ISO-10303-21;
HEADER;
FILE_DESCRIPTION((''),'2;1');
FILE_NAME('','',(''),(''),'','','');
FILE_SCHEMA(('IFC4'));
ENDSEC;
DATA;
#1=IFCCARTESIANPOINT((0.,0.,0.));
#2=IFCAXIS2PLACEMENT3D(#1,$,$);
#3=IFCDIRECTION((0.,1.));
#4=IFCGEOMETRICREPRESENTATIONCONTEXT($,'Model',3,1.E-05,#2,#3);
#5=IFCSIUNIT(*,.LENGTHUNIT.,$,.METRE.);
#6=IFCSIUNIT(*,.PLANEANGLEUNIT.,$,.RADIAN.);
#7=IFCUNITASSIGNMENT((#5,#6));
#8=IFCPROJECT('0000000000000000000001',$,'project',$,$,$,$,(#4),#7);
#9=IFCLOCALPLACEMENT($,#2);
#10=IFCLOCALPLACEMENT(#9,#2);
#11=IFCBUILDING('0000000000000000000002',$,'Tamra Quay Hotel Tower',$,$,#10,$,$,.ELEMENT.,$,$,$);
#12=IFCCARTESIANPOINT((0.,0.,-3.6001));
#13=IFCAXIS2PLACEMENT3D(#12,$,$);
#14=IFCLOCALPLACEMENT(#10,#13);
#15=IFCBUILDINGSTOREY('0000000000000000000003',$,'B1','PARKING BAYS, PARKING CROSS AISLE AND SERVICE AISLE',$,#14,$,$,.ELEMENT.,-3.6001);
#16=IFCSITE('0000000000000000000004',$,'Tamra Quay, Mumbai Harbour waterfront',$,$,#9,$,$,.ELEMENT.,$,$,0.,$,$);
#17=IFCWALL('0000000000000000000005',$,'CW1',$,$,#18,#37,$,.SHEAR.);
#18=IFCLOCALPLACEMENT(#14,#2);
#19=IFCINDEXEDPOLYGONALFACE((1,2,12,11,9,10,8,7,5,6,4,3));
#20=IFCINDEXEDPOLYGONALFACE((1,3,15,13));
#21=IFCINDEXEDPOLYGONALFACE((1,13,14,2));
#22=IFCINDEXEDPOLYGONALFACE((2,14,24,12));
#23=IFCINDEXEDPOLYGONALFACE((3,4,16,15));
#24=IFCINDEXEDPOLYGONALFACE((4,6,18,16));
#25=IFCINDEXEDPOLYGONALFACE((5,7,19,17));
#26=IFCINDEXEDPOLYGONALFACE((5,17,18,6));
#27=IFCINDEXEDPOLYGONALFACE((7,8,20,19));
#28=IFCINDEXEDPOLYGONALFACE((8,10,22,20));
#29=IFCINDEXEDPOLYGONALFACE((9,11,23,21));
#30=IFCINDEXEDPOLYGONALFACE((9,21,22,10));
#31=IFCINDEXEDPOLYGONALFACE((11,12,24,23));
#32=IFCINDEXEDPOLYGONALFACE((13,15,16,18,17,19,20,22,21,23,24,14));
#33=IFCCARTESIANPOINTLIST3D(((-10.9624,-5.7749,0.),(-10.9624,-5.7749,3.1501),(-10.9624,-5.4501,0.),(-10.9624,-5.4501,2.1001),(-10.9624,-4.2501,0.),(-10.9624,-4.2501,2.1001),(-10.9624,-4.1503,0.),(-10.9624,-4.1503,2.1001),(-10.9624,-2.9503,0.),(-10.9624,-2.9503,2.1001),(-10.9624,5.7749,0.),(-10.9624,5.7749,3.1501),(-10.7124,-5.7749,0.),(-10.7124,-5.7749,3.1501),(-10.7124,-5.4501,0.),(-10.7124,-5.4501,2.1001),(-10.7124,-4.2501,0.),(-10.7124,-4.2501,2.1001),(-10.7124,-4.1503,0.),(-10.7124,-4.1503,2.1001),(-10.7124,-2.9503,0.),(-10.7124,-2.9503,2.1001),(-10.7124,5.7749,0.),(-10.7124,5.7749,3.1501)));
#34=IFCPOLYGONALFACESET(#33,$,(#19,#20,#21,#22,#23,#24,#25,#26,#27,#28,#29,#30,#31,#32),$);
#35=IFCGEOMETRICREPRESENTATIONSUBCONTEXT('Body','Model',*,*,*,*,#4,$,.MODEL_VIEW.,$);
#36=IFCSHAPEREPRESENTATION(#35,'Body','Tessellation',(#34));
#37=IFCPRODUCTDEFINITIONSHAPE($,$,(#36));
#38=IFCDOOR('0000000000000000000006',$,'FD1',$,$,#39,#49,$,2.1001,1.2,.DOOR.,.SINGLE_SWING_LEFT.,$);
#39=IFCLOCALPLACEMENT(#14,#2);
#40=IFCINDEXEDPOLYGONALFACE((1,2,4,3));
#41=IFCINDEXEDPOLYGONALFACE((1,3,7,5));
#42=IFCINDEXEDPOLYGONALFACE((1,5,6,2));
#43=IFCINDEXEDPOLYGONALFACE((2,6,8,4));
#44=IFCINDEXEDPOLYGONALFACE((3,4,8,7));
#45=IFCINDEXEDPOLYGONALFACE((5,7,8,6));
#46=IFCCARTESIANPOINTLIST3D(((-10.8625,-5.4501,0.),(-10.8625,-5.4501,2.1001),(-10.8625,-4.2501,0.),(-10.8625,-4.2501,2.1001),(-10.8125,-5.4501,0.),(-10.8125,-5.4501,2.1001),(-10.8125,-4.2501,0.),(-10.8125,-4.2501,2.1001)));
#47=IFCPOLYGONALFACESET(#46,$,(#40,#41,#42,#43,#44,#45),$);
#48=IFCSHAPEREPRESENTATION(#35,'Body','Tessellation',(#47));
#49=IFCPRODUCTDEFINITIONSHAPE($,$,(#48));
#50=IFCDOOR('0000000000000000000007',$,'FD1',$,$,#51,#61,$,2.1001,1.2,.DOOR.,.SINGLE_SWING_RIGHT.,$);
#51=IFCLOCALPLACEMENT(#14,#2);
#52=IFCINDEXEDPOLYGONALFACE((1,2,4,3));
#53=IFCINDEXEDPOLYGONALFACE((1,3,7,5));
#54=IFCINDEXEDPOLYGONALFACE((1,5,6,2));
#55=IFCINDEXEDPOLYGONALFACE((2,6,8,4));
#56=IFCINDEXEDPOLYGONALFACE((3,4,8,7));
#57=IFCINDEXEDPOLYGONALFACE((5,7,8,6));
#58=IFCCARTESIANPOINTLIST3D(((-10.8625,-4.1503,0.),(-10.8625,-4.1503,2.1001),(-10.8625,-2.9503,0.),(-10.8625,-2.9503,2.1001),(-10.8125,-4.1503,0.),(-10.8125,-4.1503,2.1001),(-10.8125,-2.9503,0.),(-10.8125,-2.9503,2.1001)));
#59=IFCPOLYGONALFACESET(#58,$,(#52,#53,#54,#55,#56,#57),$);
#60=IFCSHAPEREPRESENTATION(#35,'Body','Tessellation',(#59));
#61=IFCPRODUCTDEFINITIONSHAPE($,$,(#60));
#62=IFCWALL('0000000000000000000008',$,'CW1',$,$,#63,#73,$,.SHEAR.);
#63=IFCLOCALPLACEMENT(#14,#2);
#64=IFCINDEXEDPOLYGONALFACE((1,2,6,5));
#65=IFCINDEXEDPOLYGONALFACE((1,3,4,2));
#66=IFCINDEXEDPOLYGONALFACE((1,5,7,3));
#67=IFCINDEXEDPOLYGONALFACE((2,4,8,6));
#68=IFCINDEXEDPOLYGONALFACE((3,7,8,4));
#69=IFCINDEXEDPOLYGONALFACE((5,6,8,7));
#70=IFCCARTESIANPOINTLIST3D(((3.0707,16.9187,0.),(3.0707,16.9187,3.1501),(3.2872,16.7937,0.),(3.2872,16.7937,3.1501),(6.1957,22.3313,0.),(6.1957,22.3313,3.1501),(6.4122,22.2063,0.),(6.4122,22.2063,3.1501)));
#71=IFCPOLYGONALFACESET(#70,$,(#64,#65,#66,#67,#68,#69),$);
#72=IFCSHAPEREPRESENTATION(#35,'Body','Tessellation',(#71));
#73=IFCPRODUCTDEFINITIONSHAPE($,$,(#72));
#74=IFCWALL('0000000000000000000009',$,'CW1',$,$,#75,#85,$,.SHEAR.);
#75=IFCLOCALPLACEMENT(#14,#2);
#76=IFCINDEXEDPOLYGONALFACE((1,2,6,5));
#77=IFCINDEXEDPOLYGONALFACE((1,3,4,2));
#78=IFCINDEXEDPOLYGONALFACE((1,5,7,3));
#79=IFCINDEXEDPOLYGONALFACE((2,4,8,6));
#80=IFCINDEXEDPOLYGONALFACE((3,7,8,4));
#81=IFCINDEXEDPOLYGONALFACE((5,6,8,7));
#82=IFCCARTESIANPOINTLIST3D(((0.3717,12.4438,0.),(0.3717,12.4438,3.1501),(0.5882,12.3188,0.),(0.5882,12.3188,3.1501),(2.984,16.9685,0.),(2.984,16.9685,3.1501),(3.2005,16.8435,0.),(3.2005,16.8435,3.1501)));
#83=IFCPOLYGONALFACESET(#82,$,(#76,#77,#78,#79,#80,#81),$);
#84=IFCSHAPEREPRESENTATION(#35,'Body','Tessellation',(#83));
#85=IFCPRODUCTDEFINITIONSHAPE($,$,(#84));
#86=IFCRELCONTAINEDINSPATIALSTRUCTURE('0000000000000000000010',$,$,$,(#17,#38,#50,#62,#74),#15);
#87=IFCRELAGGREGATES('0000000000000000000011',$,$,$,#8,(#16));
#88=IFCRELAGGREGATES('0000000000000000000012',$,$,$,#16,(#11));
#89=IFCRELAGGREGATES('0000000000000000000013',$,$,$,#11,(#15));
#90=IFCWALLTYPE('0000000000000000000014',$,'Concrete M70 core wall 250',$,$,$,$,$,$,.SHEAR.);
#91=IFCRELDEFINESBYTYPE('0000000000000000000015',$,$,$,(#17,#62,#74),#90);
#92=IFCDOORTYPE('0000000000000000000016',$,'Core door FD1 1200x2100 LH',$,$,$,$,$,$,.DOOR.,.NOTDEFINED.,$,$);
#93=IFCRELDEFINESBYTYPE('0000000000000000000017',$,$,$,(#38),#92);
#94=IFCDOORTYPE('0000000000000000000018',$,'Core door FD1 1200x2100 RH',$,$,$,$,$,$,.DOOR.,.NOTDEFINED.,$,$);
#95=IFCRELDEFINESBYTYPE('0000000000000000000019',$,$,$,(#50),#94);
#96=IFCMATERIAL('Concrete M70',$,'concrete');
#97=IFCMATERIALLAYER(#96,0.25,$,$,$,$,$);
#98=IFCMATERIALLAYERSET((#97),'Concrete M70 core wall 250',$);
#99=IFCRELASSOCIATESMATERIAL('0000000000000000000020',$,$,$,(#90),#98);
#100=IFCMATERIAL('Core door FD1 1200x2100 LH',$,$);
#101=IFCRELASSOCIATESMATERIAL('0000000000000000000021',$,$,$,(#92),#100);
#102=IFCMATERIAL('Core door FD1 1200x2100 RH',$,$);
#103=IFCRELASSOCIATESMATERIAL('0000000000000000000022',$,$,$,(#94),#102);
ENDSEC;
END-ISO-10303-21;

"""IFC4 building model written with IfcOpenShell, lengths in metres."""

from ifc_helpers import new_model, si_unit, direction, frame, frame_2d, origin, place, context, subcontext, project, spatial, rectangle, extrude, material, layer, layer_set, type_object, element, fill, save


model = new_model("IFC4")

# Units and contexts
model_context = context("Model", 3, precision=1e-05, world=origin(), true_north=direction((0.0, 1.0)))
body_context = subcontext(model_context, "Body", "Model", "MODEL_VIEW")
ifc_project = project(units=[si_unit("LENGTHUNIT", "METRE"), si_unit("PLANEANGLEUNIT", "RADIAN")], contexts=[model_context])

# Site, building, storey
site_placement = place(None, origin())
site = spatial("IfcSite", under=ifc_project, at=site_placement, Name="Tamra Quay, Mumbai Harbour waterfront", CompositionType="ELEMENT", RefElevation=0.0)
building_placement = place(site_placement, origin())
building = spatial("IfcBuilding", under=site, at=building_placement, Name="Tamra Quay Hotel Tower", CompositionType="ELEMENT")
storey_placement = place(building_placement, frame((0.0, 0.0, -3.6001)))
storey = spatial("IfcBuildingStorey", under=building, at=storey_placement, Name="B1", Description="PARKING BAYS, PARKING CROSS AISLE AND SERVICE AISLE", CompositionType="ELEMENT", Elevation=-3.6001)

# Shared definitions
ifc_material_1 = material(Name="Concrete M70", Category="concrete")

# Wall, openings, doors
ifc_layer_1 = layer(ifc_material_1, 0.25)
ifc_layer_set_1 = layer_set([ifc_layer_1], Name="Concrete M70 core wall 250")
wall_type_1 = type_object("IfcWallType", Name="Concrete M70 core wall 250", PredefinedType="SHEAR", material=ifc_layer_set_1)
wall_1_placement = place(storey_placement, frame((-10.8374, 5.7749, 0.0), z_axis=(0.0, 0.0, 1.0), x_axis=(0.0, -1.0, 0.0)))
wall_1 = element("IfcWall", 1, at=wall_1_placement, inside=storey, type_object=wall_type_1, Name="CW1", PredefinedType="SHEAR", context=body_context, shape_type="SweptSolid", body=[
    extrude(rectangle(XDim=11.5498, YDim=0.25, at=frame_2d((5.7749, 0.0))), origin(), (0.0, 0.0, 1.0), 3.1501),
])
opening_1_placement = place(wall_1_placement, frame((10.0249, 0.0, 0.0)))
opening_1 = element("IfcOpeningElement", 2, at=opening_1_placement, cuts=wall_1, PredefinedType="OPENING", context=body_context, shape_type="SweptSolid", body=[
    extrude(rectangle(XDim=1.2, YDim=2.1001, at=frame_2d((0.6001, 1.05))), frame((0.0, 0.135, 0.0), z_axis=(0.0, -1.0, 0.0), x_axis=(1.0, 0.0, 0.0)), (0.0, 0.0, 1.0), 0.27),
])
opening_2_placement = place(wall_1_placement, frame((8.7251, 0.0, 0.0)))
opening_2 = element("IfcOpeningElement", 3, at=opening_2_placement, cuts=wall_1, PredefinedType="OPENING", context=body_context, shape_type="SweptSolid", body=[
    extrude(rectangle(XDim=1.2, YDim=2.1001, at=frame_2d((0.6001, 1.05))), frame((0.0, 0.135, 0.0), z_axis=(0.0, -1.0, 0.0), x_axis=(1.0, 0.0, 0.0)), (0.0, 0.0, 1.0), 0.27),
])
ifc_material_2 = material(Name="Core door FD1 1200x2100 LH")
door_type_1 = type_object("IfcDoorType", Name="Core door FD1 1200x2100 LH", OperationType="NOTDEFINED", PredefinedType="DOOR", material=ifc_material_2)
door_1_placement = place(opening_1_placement, origin())
door_1 = element("IfcDoor", 4, at=door_1_placement, inside=storey, type_object=door_type_1, Name="FD1", OperationType="SINGLE_SWING_LEFT", OverallHeight=2.1001, OverallWidth=1.2, PredefinedType="DOOR", context=body_context, shape_type="SweptSolid", body=[
    extrude(rectangle(XDim=1.2, YDim=2.1001, at=frame_2d((0.6001, 1.05))), frame((0.0, 0.0249, 0.0), z_axis=(0.0, -1.0, 0.0), x_axis=(1.0, 0.0, 0.0)), (0.0, 0.0, 1.0), 0.05),
])
fill(opening_1, door_1)
ifc_material_3 = material(Name="Core door FD1 1200x2100 RH")
door_type_2 = type_object("IfcDoorType", Name="Core door FD1 1200x2100 RH", OperationType="NOTDEFINED", PredefinedType="DOOR", material=ifc_material_3)
door_2_placement = place(opening_2_placement, origin())
door_2 = element("IfcDoor", 5, at=door_2_placement, inside=storey, type_object=door_type_2, Name="FD1", OperationType="SINGLE_SWING_RIGHT", OverallHeight=2.1001, OverallWidth=1.2, PredefinedType="DOOR", context=body_context, shape_type="SweptSolid", body=[
    extrude(rectangle(XDim=1.2, YDim=2.1001, at=frame_2d((0.6001, 1.05))), frame((0.0, 0.0249, 0.0), z_axis=(0.0, -1.0, 0.0), x_axis=(1.0, 0.0, 0.0)), (0.0, 0.0, 1.0), 0.05),
])
fill(opening_2, door_2)

# Walls
wall_2_placement = place(storey_placement, frame((3.179, 16.8562, 0.0), z_axis=(0.0, 0.0, 1.0), x_axis=(0.500004, 0.866023, 0.0)))
element("IfcWall", 6, at=wall_2_placement, inside=storey, type_object=wall_type_1, Name="CW1", PredefinedType="SHEAR", context=body_context, shape_type="SweptSolid", body=[
    extrude(rectangle(XDim=6.25, YDim=0.25, at=frame_2d((3.125, 0.0))), origin(), (0.0, 0.0, 1.0), 3.1501),
])
wall_3_placement = place(storey_placement, frame((0.48, 12.3813, 0.0), z_axis=(0.0, 0.0, 1.0), x_axis=(0.499999, 0.866026, 0.0)))
element("IfcWall", 7, at=wall_3_placement, inside=storey, type_object=wall_type_1, Name="CW1", PredefinedType="SHEAR", context=body_context, shape_type="SweptSolid", body=[
    extrude(rectangle(XDim=5.2246, YDim=0.25, at=frame_2d((2.6123, 0.0))), origin(), (0.0, 0.0, 1.0), 3.1501),
])

save(model, "model.ifc")
